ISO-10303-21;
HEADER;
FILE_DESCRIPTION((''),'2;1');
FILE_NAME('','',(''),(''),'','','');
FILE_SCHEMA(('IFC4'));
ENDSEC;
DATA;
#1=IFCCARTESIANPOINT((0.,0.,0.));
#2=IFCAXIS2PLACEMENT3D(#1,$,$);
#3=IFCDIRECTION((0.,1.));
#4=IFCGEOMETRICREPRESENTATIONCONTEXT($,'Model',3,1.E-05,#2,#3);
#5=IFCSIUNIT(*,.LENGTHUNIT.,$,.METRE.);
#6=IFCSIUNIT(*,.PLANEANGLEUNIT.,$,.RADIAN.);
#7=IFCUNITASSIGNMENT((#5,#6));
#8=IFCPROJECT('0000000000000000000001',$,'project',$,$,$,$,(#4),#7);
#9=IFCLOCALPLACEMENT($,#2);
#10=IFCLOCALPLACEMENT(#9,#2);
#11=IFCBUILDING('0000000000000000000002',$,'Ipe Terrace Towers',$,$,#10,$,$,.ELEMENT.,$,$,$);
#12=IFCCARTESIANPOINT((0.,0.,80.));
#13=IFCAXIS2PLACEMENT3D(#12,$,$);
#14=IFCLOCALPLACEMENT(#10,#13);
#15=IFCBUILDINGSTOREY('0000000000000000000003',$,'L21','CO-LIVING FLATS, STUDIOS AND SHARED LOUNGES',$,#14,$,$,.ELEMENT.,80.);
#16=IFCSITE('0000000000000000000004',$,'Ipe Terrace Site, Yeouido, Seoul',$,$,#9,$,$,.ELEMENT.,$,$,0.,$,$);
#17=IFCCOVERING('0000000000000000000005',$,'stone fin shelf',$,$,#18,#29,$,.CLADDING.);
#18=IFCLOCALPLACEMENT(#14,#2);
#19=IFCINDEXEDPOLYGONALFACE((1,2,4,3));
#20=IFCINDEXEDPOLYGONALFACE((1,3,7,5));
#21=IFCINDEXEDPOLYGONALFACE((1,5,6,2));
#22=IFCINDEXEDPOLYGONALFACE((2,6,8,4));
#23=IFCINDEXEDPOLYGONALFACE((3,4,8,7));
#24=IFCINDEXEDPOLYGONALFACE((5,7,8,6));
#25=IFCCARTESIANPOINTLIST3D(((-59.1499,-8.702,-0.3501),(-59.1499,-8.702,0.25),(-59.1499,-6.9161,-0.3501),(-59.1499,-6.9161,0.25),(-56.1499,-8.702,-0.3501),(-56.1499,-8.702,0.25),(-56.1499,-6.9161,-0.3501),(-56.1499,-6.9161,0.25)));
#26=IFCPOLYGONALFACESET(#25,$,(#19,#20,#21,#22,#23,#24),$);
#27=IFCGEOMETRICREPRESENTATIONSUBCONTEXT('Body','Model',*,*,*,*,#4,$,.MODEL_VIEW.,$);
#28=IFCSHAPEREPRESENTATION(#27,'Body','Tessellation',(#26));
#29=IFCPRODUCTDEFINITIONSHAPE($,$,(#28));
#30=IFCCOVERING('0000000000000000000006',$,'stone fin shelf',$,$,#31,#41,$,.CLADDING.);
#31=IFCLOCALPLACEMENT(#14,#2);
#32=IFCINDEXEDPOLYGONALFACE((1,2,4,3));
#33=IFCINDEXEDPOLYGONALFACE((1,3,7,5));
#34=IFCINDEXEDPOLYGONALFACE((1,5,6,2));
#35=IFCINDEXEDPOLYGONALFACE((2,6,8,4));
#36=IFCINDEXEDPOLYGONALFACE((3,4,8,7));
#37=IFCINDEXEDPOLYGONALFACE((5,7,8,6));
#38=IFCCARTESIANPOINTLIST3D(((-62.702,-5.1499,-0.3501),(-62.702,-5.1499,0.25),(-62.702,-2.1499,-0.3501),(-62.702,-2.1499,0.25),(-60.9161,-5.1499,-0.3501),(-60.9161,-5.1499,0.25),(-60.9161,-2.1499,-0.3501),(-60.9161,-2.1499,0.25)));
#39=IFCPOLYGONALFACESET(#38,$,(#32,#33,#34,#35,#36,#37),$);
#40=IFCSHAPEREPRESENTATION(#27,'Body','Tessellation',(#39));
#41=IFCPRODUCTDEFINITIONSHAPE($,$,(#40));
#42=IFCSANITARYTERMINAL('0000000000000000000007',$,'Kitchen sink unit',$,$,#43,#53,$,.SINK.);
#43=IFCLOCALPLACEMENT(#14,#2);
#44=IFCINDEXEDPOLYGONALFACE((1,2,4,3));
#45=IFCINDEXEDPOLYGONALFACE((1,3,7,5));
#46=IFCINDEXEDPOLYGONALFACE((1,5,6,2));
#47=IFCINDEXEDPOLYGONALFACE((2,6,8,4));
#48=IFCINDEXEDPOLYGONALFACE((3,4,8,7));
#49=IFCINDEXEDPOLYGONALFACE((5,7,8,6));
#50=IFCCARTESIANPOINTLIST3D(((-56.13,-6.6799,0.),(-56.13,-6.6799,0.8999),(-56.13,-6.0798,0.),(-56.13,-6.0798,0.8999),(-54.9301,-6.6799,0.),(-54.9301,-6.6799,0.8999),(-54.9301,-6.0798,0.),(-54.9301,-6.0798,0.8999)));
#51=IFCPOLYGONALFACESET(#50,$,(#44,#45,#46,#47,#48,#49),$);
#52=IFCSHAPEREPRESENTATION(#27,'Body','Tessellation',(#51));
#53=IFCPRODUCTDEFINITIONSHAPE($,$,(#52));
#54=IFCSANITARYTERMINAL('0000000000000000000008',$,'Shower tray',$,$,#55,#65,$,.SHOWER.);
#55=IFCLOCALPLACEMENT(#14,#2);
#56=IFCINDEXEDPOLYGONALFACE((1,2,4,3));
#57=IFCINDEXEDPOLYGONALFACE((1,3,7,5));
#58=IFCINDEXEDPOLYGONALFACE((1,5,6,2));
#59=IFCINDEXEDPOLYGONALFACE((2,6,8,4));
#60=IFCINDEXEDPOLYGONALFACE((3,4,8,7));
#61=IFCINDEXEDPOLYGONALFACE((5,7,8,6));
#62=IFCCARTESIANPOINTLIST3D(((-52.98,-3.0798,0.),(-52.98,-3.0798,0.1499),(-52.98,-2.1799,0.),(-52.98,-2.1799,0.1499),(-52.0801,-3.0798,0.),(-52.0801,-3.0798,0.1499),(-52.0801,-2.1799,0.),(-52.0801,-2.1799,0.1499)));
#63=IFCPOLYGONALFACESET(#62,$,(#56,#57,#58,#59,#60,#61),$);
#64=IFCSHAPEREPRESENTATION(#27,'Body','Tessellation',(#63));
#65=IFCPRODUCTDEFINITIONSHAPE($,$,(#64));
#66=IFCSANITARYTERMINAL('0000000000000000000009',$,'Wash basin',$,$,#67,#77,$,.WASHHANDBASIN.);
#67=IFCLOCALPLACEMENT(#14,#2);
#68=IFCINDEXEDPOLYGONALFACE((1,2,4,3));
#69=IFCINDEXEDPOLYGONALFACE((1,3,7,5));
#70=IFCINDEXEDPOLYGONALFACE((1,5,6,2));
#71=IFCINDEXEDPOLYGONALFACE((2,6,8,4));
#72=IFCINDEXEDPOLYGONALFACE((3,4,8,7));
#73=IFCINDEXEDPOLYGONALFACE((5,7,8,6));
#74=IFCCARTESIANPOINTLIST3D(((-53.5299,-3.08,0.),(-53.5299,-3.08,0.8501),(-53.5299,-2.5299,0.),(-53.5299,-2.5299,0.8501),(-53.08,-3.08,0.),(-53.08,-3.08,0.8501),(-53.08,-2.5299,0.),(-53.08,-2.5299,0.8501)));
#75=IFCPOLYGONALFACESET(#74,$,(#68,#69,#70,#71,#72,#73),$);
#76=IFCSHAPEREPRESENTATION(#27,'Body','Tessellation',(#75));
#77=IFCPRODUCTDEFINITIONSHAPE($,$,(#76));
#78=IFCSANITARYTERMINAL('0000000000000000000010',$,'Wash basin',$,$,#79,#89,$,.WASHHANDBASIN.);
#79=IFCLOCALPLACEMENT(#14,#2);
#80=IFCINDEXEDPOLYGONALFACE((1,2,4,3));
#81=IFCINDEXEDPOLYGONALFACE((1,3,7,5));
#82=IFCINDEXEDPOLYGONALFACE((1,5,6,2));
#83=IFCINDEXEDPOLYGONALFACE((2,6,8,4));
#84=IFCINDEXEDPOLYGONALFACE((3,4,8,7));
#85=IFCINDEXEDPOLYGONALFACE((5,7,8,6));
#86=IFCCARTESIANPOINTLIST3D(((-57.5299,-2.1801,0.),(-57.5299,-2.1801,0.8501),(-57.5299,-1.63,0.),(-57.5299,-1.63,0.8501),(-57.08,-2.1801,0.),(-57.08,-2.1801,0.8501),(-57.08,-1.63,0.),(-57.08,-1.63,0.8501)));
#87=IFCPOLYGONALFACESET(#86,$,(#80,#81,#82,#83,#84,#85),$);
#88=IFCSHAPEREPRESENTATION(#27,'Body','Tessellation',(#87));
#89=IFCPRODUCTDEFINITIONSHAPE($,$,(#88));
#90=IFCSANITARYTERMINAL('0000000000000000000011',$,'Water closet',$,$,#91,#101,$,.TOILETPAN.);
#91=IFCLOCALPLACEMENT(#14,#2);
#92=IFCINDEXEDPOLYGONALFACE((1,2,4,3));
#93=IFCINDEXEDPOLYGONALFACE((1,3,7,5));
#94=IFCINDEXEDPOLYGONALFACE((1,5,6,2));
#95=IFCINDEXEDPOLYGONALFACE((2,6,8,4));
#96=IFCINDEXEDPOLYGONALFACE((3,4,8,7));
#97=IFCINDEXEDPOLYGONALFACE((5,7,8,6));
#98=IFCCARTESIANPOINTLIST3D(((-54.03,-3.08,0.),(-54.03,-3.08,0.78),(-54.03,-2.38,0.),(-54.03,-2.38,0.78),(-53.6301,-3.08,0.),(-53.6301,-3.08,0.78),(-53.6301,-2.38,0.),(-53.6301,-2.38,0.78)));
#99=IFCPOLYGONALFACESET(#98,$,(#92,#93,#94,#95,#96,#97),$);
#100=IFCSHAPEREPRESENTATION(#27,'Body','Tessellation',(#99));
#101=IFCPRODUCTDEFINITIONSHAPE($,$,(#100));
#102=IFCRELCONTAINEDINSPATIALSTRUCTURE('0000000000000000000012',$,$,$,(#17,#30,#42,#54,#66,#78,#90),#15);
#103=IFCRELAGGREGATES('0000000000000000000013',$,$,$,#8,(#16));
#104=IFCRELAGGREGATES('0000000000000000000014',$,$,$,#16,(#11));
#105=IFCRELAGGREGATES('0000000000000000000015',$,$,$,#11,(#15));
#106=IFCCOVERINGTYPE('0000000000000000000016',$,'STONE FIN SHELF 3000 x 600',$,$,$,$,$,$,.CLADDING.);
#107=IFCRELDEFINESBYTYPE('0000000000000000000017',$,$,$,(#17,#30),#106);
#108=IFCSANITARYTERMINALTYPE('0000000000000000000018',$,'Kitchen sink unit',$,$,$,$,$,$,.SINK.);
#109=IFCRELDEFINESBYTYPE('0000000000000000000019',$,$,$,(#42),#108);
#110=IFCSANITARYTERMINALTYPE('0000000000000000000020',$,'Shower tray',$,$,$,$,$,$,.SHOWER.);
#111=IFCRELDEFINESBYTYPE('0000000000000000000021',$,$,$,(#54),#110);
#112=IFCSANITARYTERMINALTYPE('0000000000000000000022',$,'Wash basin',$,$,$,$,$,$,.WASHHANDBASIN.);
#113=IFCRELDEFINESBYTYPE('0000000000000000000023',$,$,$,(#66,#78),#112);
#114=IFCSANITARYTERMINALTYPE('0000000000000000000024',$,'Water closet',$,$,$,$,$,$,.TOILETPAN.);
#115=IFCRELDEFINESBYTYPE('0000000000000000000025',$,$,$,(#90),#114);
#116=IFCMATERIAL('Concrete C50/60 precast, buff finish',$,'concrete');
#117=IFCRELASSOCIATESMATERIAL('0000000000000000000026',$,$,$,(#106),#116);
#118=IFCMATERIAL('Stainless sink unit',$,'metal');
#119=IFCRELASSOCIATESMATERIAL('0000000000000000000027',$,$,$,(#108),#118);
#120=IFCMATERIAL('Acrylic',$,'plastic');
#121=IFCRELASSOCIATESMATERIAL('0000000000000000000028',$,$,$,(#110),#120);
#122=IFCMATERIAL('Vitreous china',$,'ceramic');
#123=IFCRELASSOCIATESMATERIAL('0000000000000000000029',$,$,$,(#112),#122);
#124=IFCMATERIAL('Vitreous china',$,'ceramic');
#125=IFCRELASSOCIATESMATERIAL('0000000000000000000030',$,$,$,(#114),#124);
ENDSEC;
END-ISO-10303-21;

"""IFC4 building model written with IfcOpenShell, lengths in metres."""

from ifc_helpers import new_model, si_unit, direction, frame, origin, origin_2d, place, context, subcontext, project, spatial, rectangle, extrude, material, type_object, element, save


model = new_model("IFC4")

# Units and contexts
model_context = context("Model", 3, precision=1e-05, world=origin(), true_north=direction((0.0, 1.0)))
body_context = subcontext(model_context, "Body", "Model", "MODEL_VIEW")
ifc_project = project(units=[si_unit("LENGTHUNIT", "METRE"), si_unit("PLANEANGLEUNIT", "RADIAN")], contexts=[model_context])

# Site, building, storey
site_placement = place(None, origin())
site = spatial("IfcSite", under=ifc_project, at=site_placement, Name="Ipe Terrace Site, Yeouido, Seoul", CompositionType="ELEMENT", RefElevation=0.0)
building_placement = place(site_placement, origin())
building = spatial("IfcBuilding", under=site, at=building_placement, Name="Ipe Terrace Towers", CompositionType="ELEMENT")
storey_placement = place(building_placement, frame((0.0, 0.0, 80.0)))
storey = spatial("IfcBuildingStorey", under=building, at=storey_placement, Name="L21", Description="CO-LIVING FLATS, STUDIOS AND SHARED LOUNGES", CompositionType="ELEMENT", Elevation=80.0)

# Coverings
ifc_material_1 = material(Name="Concrete C50/60 precast, buff finish", Category="concrete")
covering_type_1 = type_object("IfcCoveringType", Name="STONE FIN SHELF 3000 x 600", PredefinedType="CLADDING", material=ifc_material_1)
for number, where, z_axis, x_axis, name in (
    (1, (-57.6499, -7.8091, -0.3501), (0.0, 0.0, 1.0), (1.0, 0.0, 0.0), "stone fin shelf"),
    (2, (-61.8091, -3.6499, -0.3501), (0.0, 0.0, 1.0), (0.0, -1.0, 0.0), "stone fin shelf"),
):
    element("IfcCovering", number, at=place(storey_placement, frame(where, z_axis=z_axis, x_axis=x_axis)), inside=storey, type_object=covering_type_1, Name=name, PredefinedType="CLADDING", context=body_context, shape_type="SweptSolid", body=[
        extrude(rectangle(XDim=3.0, YDim=1.7859, at=origin_2d()), origin(), (0.0, 0.0, 1.0), 0.6001),
    ])

# Sanitary terminals
ifc_material_2 = material(Name="Stainless sink unit", Category="metal")
sanitary_terminal_type_1 = type_object("IfcSanitaryTerminalType", Name="Kitchen sink unit", PredefinedType="SINK", material=ifc_material_2)
sanitary_terminal_1_placement = place(storey_placement, frame((-55.53, -6.3799, 0.0), z_axis=(0.0, 0.0, 1.0), x_axis=(-1.0, 0.0, 0.0)))
element("IfcSanitaryTerminal", 3, at=sanitary_terminal_1_placement, inside=storey, type_object=sanitary_terminal_type_1, Name="Kitchen sink unit", PredefinedType="SINK", context=body_context, shape_type="SweptSolid", body=[
    extrude(rectangle(XDim=1.2, YDim=0.6001, at=origin_2d()), origin(), (0.0, 0.0, 1.0), 0.8999),
])
ifc_material_3 = material(Name="Acrylic", Category="plastic")
sanitary_terminal_type_2 = type_object("IfcSanitaryTerminalType", Name="Shower tray", PredefinedType="SHOWER", material=ifc_material_3)
sanitary_terminal_2_placement = place(storey_placement, frame((-52.53, -2.6299, 0.0), z_axis=(0.0, 0.0, 1.0), x_axis=(0.0, 1.0, 0.0)))
element("IfcSanitaryTerminal", 4, at=sanitary_terminal_2_placement, inside=storey, type_object=sanitary_terminal_type_2, Name="Shower tray", PredefinedType="SHOWER", context=body_context, shape_type="SweptSolid", body=[
    extrude(rectangle(XDim=0.8999, YDim=0.8999, at=origin_2d()), origin(), (0.0, 0.0, 1.0), 0.1499),
])
ifc_material_4 = material(Name="Vitreous china", Category="ceramic")
sanitary_terminal_type_3 = type_object("IfcSanitaryTerminalType", Name="Wash basin", PredefinedType="WASHHANDBASIN", material=ifc_material_4)
for number, where, z_axis, x_axis, name in (
    (5, (-53.3049, -2.8049, 0.0), (0.0, 0.0, 1.0), (0.0, 1.0, 0.0), "Wash basin"),
    (6, (-57.3049, -1.905, 0.0), (0.0, 0.0, 1.0), (0.0, 1.0, 0.0), "Wash basin"),
):
    element("IfcSanitaryTerminal", number, at=place(storey_placement, frame(where, z_axis=z_axis, x_axis=x_axis)), inside=storey, type_object=sanitary_terminal_type_3, Name=name, PredefinedType="WASHHANDBASIN", context=body_context, shape_type="SweptSolid", body=[
        extrude(rectangle(XDim=0.55, YDim=0.45, at=origin_2d()), origin(), (0.0, 0.0, 1.0), 0.8501),
    ])
ifc_material_5 = material(Name="Vitreous china", Category="ceramic")
sanitary_terminal_type_4 = type_object("IfcSanitaryTerminalType", Name="Water closet", PredefinedType="TOILETPAN", material=ifc_material_5)
sanitary_terminal_3_placement = place(storey_placement, frame((-53.8301, -2.73, 0.0), z_axis=(0.0, 0.0, 1.0), x_axis=(0.0, 1.0, 0.0)))
element("IfcSanitaryTerminal", 7, at=sanitary_terminal_3_placement, inside=storey, type_object=sanitary_terminal_type_4, Name="Water closet", PredefinedType="TOILETPAN", context=body_context, shape_type="SweptSolid", body=[
    extrude(rectangle(XDim=0.7, YDim=0.3999, at=origin_2d()), origin(), (0.0, 0.0, 1.0), 0.78),
])

save(model, "model.ifc")
